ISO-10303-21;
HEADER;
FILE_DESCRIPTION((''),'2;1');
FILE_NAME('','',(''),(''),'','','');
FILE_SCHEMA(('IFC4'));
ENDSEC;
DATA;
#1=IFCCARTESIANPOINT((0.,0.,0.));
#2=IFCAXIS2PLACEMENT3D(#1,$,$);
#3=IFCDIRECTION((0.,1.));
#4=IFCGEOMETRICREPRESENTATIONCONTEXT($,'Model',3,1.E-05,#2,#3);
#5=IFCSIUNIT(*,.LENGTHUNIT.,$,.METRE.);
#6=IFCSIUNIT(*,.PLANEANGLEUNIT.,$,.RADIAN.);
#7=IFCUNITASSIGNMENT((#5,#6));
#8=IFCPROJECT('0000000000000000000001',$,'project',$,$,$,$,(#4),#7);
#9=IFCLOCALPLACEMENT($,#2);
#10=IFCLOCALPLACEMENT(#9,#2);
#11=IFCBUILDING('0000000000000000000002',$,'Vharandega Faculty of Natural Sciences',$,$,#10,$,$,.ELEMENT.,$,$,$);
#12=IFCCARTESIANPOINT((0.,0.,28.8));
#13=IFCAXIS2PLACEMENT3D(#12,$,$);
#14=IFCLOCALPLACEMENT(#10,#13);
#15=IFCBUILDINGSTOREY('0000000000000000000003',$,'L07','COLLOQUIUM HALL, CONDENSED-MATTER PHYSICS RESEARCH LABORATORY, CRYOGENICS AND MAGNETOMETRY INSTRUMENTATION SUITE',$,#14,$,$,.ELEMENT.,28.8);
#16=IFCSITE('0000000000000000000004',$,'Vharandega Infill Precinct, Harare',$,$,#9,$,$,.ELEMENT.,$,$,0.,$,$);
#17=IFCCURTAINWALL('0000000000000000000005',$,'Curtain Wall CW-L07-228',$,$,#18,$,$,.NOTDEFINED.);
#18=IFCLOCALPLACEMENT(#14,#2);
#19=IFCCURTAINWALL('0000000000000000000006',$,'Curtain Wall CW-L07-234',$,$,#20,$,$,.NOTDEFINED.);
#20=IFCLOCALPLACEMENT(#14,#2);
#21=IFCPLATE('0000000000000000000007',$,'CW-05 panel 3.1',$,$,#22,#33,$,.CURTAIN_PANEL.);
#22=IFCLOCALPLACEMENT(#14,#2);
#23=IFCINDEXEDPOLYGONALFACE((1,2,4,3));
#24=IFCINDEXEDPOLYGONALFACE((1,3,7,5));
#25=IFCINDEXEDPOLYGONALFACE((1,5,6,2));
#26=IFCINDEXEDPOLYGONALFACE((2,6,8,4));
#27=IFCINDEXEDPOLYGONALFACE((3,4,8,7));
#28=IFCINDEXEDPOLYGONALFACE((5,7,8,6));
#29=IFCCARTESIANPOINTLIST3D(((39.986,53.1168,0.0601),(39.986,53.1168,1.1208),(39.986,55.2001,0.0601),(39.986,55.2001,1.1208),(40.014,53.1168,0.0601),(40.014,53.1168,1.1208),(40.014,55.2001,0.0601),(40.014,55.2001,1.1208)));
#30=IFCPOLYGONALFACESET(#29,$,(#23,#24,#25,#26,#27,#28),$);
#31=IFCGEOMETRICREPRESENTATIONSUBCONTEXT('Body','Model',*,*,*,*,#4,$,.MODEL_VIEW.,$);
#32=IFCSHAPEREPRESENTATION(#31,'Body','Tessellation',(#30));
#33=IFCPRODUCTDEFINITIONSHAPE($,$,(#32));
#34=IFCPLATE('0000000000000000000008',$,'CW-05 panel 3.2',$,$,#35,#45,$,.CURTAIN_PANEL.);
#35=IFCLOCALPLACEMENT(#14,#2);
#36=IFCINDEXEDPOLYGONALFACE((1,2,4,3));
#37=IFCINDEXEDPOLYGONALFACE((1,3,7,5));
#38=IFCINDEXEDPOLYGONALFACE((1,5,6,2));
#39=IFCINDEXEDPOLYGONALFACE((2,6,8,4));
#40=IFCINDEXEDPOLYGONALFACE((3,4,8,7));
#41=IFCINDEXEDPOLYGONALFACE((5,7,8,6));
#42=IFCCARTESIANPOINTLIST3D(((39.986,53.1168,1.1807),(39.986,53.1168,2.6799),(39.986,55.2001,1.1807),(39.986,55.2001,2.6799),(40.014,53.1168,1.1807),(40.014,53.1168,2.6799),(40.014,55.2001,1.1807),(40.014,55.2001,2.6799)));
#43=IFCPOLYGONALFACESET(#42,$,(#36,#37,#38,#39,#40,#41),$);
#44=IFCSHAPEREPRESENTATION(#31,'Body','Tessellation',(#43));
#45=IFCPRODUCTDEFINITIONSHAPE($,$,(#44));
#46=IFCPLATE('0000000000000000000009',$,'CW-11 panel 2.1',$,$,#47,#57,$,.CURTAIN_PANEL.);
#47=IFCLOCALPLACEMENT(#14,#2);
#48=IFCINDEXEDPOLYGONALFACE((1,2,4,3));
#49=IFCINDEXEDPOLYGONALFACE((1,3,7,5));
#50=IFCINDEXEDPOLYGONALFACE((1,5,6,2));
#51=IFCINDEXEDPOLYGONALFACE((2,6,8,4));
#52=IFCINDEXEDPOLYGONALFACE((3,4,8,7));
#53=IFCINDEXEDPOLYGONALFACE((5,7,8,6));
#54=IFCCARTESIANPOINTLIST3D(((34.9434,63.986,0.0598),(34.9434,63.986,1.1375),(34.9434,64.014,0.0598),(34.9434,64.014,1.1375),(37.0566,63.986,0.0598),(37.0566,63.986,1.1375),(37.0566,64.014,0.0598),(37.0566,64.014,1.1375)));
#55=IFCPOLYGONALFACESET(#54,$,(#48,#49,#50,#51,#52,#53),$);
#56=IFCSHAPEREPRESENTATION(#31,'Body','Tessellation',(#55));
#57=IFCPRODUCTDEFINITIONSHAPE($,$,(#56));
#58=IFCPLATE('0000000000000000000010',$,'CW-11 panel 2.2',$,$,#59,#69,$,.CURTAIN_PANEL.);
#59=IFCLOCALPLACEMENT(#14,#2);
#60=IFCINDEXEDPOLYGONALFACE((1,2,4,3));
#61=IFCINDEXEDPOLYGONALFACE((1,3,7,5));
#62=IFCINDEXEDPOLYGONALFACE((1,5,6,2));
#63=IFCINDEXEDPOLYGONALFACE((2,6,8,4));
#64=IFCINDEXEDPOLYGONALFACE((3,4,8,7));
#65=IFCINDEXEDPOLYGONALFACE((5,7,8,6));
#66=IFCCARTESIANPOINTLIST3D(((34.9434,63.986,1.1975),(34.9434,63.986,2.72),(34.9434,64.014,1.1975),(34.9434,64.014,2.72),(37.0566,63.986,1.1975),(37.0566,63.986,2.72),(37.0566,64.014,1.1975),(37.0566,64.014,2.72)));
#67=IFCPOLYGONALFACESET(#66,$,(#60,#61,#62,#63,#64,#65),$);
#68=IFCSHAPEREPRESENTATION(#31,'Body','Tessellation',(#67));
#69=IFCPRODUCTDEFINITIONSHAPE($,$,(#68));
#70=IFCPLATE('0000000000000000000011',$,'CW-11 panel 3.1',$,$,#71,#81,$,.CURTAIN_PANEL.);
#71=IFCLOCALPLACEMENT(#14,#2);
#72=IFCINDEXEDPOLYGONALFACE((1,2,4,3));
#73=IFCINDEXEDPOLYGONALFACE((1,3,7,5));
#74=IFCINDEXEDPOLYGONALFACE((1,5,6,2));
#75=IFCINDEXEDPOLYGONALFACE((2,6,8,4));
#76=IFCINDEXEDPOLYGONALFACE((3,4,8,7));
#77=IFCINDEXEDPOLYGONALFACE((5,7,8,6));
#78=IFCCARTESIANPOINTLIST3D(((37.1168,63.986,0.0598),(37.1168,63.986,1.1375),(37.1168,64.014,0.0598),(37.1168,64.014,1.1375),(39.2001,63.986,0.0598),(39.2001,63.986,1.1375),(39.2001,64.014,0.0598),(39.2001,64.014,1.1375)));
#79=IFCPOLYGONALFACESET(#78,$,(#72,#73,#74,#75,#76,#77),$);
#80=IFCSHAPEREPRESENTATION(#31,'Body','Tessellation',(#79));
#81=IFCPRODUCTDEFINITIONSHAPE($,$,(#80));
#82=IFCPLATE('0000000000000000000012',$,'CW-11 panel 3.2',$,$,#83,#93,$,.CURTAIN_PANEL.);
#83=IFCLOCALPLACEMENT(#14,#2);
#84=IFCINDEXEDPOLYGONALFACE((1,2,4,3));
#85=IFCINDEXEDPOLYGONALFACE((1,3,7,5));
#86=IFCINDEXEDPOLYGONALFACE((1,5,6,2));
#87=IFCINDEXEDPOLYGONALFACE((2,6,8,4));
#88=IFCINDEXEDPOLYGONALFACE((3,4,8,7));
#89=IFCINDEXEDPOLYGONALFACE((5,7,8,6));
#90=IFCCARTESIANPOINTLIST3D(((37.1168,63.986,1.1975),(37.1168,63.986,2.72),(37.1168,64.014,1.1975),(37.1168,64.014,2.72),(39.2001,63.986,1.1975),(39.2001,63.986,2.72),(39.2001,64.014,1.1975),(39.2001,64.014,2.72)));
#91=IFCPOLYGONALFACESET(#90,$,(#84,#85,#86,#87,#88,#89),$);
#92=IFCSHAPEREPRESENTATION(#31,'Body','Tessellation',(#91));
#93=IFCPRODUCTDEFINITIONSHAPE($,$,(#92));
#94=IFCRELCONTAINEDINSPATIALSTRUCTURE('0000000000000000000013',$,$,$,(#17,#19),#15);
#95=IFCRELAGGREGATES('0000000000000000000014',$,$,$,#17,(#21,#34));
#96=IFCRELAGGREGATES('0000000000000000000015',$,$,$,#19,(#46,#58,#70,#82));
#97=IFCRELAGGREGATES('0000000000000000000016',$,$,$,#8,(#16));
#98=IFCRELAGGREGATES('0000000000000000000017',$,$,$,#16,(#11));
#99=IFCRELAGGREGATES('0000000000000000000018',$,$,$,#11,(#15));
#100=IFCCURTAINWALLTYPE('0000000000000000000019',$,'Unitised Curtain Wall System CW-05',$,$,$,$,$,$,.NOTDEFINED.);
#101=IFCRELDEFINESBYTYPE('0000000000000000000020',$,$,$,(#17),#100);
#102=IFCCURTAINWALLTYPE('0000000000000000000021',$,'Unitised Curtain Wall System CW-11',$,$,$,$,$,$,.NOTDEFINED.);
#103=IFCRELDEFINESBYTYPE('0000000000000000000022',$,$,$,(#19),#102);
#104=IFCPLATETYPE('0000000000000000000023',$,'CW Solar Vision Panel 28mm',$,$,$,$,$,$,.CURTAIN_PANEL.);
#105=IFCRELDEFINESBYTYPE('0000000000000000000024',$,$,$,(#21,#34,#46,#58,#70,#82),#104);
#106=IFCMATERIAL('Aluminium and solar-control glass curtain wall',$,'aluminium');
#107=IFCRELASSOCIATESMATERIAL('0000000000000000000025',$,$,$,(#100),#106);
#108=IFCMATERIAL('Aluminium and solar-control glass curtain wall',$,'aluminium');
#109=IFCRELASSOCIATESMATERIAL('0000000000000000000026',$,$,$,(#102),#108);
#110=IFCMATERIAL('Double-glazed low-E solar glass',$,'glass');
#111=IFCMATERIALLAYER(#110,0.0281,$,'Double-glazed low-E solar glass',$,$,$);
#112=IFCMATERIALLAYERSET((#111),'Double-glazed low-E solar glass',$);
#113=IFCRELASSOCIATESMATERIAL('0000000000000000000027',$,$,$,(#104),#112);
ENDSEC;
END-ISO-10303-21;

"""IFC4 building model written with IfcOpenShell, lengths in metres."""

from ifc_helpers import new_model, si_unit, direction, frame, origin, origin_2d, place, context, subcontext, project, spatial, rectangle, extrude, material, layer, layer_set, type_object, element, aggregate, save


model = new_model("IFC4")

# Units and contexts
model_context = context("Model", 3, precision=1e-05, world=origin(), true_north=direction((0.0, 1.0)))
body_context = subcontext(model_context, "Body", "Model", "MODEL_VIEW")
ifc_project = project(units=[si_unit("LENGTHUNIT", "METRE"), si_unit("PLANEANGLEUNIT", "RADIAN")], contexts=[model_context])

# Site, building, storey
site_placement = place(None, origin())
site = spatial("IfcSite", under=ifc_project, at=site_placement, Name="Vharandega Infill Precinct, Harare", CompositionType="ELEMENT", RefElevation=0.0)
building_placement = place(site_placement, origin())
building = spatial("IfcBuilding", under=site, at=building_placement, Name="Vharandega Faculty of Natural Sciences", CompositionType="ELEMENT")
storey_placement = place(building_placement, frame((0.0, 0.0, 28.8)))
storey = spatial("IfcBuildingStorey", under=building, at=storey_placement, Name="L07", Description="COLLOQUIUM HALL, CONDENSED-MATTER PHYSICS RESEARCH LABORATORY, CRYOGENICS AND MAGNETOMETRY INSTRUMENTATION SUITE", CompositionType="ELEMENT", Elevation=28.8)

# Curtain walls
ifc_material_1 = material(Name="Aluminium and solar-control glass curtain wall", Category="aluminium")
curtain_wall_type_1 = type_object("IfcCurtainWallType", Name="Unitised Curtain Wall System CW-05", PredefinedType="NOTDEFINED", material=ifc_material_1)
curtain_wall_1_placement = place(storey_placement, origin())
curtain_wall_1 = element("IfcCurtainWall", 1, at=curtain_wall_1_placement, inside=storey, type_object=curtain_wall_type_1, Name="Curtain Wall CW-L07-228", PredefinedType="NOTDEFINED")
ifc_material_2 = material(Name="Aluminium and solar-control glass curtain wall", Category="aluminium")
curtain_wall_type_2 = type_object("IfcCurtainWallType", Name="Unitised Curtain Wall System CW-11", PredefinedType="NOTDEFINED", material=ifc_material_2)
curtain_wall_2_placement = place(storey_placement, origin())
curtain_wall_2 = element("IfcCurtainWall", 2, at=curtain_wall_2_placement, inside=storey, type_object=curtain_wall_type_2, Name="Curtain Wall CW-L07-234", PredefinedType="NOTDEFINED")

# Plates
ifc_material_3 = material(Name="Double-glazed low-E solar glass", Category="glass")
ifc_layer = layer(ifc_material_3, 0.0281, Name="Double-glazed low-E solar glass")
ifc_layer_set = layer_set([ifc_layer], Name="Double-glazed low-E solar glass")
plate_type = type_object("IfcPlateType", Name="CW Solar Vision Panel 28mm", PredefinedType="CURTAIN_PANEL", material=ifc_layer_set)
plate_1_placement = place(storey_placement, frame((40.0, 54.1584, 0.0601), z_axis=(0.0, 0.0, 1.0), x_axis=(0.0, 1.0, 0.0)))
plate_1 = element("IfcPlate", 3, at=plate_1_placement, type_object=plate_type, Name="CW-05 panel 3.1", PredefinedType="CURTAIN_PANEL", context=body_context, shape_type="SweptSolid", body=[
    extrude(rectangle(XDim=2.0833, YDim=0.0281, at=origin_2d()), origin(), (0.0, 0.0, 1.0), 1.0608),
])
plate_2_placement = place(storey_placement, frame((40.0, 54.1584, 1.1807), z_axis=(0.0, 0.0, 1.0), x_axis=(0.0, 1.0, 0.0)))
plate_2 = element("IfcPlate", 4, at=plate_2_placement, type_object=plate_type, Name="CW-05 panel 3.2", PredefinedType="CURTAIN_PANEL", context=body_context, shape_type="SweptSolid", body=[
    extrude(rectangle(XDim=2.0833, YDim=0.0281, at=origin_2d()), origin(), (0.0, 0.0, 1.0), 1.4993),
])
aggregate(curtain_wall_1, [plate_1, plate_2])
plate_3_placement = place(storey_placement, frame((36.0, 64.0, 0.0598), z_axis=(0.0, 0.0, 1.0), x_axis=(1.0, 0.0, 0.0)))
plate_3 = element("IfcPlate", 5, at=plate_3_placement, type_object=plate_type, Name="CW-11 panel 2.1", PredefinedType="CURTAIN_PANEL", context=body_context, shape_type="SweptSolid", body=[
    extrude(rectangle(XDim=2.1133, YDim=0.0281, at=origin_2d()), origin(), (0.0, 0.0, 1.0), 1.0776),
])
plate_4_placement = place(storey_placement, frame((36.0, 64.0, 1.1975), z_axis=(0.0, 0.0, 1.0), x_axis=(1.0, 0.0, 0.0)))
plate_4 = element("IfcPlate", 6, at=plate_4_placement, type_object=plate_type, Name="CW-11 panel 2.2", PredefinedType="CURTAIN_PANEL", context=body_context, shape_type="SweptSolid", body=[
    extrude(rectangle(XDim=2.1133, YDim=0.0281, at=origin_2d()), origin(), (0.0, 0.0, 1.0), 1.5225),
])
plate_5_placement = place(storey_placement, frame((38.1584, 64.0, 0.0598), z_axis=(0.0, 0.0, 1.0), x_axis=(1.0, 0.0, 0.0)))
plate_5 = element("IfcPlate", 7, at=plate_5_placement, type_object=plate_type, Name="CW-11 panel 3.1", PredefinedType="CURTAIN_PANEL", context=body_context, shape_type="SweptSolid", body=[
    extrude(rectangle(XDim=2.0833, YDim=0.0281, at=origin_2d()), origin(), (0.0, 0.0, 1.0), 1.0776),
])
plate_6_placement = place(storey_placement, frame((38.1584, 64.0, 1.1975), z_axis=(0.0, 0.0, 1.0), x_axis=(1.0, 0.0, 0.0)))
plate_6 = element("IfcPlate", 8, at=plate_6_placement, type_object=plate_type, Name="CW-11 panel 3.2", PredefinedType="CURTAIN_PANEL", context=body_context, shape_type="SweptSolid", body=[
    extrude(rectangle(XDim=2.0833, YDim=0.0281, at=origin_2d()), origin(), (0.0, 0.0, 1.0), 1.5225),
])
aggregate(curtain_wall_2, [plate_3, plate_4, plate_5, plate_6])

save(model, "model.ifc")
